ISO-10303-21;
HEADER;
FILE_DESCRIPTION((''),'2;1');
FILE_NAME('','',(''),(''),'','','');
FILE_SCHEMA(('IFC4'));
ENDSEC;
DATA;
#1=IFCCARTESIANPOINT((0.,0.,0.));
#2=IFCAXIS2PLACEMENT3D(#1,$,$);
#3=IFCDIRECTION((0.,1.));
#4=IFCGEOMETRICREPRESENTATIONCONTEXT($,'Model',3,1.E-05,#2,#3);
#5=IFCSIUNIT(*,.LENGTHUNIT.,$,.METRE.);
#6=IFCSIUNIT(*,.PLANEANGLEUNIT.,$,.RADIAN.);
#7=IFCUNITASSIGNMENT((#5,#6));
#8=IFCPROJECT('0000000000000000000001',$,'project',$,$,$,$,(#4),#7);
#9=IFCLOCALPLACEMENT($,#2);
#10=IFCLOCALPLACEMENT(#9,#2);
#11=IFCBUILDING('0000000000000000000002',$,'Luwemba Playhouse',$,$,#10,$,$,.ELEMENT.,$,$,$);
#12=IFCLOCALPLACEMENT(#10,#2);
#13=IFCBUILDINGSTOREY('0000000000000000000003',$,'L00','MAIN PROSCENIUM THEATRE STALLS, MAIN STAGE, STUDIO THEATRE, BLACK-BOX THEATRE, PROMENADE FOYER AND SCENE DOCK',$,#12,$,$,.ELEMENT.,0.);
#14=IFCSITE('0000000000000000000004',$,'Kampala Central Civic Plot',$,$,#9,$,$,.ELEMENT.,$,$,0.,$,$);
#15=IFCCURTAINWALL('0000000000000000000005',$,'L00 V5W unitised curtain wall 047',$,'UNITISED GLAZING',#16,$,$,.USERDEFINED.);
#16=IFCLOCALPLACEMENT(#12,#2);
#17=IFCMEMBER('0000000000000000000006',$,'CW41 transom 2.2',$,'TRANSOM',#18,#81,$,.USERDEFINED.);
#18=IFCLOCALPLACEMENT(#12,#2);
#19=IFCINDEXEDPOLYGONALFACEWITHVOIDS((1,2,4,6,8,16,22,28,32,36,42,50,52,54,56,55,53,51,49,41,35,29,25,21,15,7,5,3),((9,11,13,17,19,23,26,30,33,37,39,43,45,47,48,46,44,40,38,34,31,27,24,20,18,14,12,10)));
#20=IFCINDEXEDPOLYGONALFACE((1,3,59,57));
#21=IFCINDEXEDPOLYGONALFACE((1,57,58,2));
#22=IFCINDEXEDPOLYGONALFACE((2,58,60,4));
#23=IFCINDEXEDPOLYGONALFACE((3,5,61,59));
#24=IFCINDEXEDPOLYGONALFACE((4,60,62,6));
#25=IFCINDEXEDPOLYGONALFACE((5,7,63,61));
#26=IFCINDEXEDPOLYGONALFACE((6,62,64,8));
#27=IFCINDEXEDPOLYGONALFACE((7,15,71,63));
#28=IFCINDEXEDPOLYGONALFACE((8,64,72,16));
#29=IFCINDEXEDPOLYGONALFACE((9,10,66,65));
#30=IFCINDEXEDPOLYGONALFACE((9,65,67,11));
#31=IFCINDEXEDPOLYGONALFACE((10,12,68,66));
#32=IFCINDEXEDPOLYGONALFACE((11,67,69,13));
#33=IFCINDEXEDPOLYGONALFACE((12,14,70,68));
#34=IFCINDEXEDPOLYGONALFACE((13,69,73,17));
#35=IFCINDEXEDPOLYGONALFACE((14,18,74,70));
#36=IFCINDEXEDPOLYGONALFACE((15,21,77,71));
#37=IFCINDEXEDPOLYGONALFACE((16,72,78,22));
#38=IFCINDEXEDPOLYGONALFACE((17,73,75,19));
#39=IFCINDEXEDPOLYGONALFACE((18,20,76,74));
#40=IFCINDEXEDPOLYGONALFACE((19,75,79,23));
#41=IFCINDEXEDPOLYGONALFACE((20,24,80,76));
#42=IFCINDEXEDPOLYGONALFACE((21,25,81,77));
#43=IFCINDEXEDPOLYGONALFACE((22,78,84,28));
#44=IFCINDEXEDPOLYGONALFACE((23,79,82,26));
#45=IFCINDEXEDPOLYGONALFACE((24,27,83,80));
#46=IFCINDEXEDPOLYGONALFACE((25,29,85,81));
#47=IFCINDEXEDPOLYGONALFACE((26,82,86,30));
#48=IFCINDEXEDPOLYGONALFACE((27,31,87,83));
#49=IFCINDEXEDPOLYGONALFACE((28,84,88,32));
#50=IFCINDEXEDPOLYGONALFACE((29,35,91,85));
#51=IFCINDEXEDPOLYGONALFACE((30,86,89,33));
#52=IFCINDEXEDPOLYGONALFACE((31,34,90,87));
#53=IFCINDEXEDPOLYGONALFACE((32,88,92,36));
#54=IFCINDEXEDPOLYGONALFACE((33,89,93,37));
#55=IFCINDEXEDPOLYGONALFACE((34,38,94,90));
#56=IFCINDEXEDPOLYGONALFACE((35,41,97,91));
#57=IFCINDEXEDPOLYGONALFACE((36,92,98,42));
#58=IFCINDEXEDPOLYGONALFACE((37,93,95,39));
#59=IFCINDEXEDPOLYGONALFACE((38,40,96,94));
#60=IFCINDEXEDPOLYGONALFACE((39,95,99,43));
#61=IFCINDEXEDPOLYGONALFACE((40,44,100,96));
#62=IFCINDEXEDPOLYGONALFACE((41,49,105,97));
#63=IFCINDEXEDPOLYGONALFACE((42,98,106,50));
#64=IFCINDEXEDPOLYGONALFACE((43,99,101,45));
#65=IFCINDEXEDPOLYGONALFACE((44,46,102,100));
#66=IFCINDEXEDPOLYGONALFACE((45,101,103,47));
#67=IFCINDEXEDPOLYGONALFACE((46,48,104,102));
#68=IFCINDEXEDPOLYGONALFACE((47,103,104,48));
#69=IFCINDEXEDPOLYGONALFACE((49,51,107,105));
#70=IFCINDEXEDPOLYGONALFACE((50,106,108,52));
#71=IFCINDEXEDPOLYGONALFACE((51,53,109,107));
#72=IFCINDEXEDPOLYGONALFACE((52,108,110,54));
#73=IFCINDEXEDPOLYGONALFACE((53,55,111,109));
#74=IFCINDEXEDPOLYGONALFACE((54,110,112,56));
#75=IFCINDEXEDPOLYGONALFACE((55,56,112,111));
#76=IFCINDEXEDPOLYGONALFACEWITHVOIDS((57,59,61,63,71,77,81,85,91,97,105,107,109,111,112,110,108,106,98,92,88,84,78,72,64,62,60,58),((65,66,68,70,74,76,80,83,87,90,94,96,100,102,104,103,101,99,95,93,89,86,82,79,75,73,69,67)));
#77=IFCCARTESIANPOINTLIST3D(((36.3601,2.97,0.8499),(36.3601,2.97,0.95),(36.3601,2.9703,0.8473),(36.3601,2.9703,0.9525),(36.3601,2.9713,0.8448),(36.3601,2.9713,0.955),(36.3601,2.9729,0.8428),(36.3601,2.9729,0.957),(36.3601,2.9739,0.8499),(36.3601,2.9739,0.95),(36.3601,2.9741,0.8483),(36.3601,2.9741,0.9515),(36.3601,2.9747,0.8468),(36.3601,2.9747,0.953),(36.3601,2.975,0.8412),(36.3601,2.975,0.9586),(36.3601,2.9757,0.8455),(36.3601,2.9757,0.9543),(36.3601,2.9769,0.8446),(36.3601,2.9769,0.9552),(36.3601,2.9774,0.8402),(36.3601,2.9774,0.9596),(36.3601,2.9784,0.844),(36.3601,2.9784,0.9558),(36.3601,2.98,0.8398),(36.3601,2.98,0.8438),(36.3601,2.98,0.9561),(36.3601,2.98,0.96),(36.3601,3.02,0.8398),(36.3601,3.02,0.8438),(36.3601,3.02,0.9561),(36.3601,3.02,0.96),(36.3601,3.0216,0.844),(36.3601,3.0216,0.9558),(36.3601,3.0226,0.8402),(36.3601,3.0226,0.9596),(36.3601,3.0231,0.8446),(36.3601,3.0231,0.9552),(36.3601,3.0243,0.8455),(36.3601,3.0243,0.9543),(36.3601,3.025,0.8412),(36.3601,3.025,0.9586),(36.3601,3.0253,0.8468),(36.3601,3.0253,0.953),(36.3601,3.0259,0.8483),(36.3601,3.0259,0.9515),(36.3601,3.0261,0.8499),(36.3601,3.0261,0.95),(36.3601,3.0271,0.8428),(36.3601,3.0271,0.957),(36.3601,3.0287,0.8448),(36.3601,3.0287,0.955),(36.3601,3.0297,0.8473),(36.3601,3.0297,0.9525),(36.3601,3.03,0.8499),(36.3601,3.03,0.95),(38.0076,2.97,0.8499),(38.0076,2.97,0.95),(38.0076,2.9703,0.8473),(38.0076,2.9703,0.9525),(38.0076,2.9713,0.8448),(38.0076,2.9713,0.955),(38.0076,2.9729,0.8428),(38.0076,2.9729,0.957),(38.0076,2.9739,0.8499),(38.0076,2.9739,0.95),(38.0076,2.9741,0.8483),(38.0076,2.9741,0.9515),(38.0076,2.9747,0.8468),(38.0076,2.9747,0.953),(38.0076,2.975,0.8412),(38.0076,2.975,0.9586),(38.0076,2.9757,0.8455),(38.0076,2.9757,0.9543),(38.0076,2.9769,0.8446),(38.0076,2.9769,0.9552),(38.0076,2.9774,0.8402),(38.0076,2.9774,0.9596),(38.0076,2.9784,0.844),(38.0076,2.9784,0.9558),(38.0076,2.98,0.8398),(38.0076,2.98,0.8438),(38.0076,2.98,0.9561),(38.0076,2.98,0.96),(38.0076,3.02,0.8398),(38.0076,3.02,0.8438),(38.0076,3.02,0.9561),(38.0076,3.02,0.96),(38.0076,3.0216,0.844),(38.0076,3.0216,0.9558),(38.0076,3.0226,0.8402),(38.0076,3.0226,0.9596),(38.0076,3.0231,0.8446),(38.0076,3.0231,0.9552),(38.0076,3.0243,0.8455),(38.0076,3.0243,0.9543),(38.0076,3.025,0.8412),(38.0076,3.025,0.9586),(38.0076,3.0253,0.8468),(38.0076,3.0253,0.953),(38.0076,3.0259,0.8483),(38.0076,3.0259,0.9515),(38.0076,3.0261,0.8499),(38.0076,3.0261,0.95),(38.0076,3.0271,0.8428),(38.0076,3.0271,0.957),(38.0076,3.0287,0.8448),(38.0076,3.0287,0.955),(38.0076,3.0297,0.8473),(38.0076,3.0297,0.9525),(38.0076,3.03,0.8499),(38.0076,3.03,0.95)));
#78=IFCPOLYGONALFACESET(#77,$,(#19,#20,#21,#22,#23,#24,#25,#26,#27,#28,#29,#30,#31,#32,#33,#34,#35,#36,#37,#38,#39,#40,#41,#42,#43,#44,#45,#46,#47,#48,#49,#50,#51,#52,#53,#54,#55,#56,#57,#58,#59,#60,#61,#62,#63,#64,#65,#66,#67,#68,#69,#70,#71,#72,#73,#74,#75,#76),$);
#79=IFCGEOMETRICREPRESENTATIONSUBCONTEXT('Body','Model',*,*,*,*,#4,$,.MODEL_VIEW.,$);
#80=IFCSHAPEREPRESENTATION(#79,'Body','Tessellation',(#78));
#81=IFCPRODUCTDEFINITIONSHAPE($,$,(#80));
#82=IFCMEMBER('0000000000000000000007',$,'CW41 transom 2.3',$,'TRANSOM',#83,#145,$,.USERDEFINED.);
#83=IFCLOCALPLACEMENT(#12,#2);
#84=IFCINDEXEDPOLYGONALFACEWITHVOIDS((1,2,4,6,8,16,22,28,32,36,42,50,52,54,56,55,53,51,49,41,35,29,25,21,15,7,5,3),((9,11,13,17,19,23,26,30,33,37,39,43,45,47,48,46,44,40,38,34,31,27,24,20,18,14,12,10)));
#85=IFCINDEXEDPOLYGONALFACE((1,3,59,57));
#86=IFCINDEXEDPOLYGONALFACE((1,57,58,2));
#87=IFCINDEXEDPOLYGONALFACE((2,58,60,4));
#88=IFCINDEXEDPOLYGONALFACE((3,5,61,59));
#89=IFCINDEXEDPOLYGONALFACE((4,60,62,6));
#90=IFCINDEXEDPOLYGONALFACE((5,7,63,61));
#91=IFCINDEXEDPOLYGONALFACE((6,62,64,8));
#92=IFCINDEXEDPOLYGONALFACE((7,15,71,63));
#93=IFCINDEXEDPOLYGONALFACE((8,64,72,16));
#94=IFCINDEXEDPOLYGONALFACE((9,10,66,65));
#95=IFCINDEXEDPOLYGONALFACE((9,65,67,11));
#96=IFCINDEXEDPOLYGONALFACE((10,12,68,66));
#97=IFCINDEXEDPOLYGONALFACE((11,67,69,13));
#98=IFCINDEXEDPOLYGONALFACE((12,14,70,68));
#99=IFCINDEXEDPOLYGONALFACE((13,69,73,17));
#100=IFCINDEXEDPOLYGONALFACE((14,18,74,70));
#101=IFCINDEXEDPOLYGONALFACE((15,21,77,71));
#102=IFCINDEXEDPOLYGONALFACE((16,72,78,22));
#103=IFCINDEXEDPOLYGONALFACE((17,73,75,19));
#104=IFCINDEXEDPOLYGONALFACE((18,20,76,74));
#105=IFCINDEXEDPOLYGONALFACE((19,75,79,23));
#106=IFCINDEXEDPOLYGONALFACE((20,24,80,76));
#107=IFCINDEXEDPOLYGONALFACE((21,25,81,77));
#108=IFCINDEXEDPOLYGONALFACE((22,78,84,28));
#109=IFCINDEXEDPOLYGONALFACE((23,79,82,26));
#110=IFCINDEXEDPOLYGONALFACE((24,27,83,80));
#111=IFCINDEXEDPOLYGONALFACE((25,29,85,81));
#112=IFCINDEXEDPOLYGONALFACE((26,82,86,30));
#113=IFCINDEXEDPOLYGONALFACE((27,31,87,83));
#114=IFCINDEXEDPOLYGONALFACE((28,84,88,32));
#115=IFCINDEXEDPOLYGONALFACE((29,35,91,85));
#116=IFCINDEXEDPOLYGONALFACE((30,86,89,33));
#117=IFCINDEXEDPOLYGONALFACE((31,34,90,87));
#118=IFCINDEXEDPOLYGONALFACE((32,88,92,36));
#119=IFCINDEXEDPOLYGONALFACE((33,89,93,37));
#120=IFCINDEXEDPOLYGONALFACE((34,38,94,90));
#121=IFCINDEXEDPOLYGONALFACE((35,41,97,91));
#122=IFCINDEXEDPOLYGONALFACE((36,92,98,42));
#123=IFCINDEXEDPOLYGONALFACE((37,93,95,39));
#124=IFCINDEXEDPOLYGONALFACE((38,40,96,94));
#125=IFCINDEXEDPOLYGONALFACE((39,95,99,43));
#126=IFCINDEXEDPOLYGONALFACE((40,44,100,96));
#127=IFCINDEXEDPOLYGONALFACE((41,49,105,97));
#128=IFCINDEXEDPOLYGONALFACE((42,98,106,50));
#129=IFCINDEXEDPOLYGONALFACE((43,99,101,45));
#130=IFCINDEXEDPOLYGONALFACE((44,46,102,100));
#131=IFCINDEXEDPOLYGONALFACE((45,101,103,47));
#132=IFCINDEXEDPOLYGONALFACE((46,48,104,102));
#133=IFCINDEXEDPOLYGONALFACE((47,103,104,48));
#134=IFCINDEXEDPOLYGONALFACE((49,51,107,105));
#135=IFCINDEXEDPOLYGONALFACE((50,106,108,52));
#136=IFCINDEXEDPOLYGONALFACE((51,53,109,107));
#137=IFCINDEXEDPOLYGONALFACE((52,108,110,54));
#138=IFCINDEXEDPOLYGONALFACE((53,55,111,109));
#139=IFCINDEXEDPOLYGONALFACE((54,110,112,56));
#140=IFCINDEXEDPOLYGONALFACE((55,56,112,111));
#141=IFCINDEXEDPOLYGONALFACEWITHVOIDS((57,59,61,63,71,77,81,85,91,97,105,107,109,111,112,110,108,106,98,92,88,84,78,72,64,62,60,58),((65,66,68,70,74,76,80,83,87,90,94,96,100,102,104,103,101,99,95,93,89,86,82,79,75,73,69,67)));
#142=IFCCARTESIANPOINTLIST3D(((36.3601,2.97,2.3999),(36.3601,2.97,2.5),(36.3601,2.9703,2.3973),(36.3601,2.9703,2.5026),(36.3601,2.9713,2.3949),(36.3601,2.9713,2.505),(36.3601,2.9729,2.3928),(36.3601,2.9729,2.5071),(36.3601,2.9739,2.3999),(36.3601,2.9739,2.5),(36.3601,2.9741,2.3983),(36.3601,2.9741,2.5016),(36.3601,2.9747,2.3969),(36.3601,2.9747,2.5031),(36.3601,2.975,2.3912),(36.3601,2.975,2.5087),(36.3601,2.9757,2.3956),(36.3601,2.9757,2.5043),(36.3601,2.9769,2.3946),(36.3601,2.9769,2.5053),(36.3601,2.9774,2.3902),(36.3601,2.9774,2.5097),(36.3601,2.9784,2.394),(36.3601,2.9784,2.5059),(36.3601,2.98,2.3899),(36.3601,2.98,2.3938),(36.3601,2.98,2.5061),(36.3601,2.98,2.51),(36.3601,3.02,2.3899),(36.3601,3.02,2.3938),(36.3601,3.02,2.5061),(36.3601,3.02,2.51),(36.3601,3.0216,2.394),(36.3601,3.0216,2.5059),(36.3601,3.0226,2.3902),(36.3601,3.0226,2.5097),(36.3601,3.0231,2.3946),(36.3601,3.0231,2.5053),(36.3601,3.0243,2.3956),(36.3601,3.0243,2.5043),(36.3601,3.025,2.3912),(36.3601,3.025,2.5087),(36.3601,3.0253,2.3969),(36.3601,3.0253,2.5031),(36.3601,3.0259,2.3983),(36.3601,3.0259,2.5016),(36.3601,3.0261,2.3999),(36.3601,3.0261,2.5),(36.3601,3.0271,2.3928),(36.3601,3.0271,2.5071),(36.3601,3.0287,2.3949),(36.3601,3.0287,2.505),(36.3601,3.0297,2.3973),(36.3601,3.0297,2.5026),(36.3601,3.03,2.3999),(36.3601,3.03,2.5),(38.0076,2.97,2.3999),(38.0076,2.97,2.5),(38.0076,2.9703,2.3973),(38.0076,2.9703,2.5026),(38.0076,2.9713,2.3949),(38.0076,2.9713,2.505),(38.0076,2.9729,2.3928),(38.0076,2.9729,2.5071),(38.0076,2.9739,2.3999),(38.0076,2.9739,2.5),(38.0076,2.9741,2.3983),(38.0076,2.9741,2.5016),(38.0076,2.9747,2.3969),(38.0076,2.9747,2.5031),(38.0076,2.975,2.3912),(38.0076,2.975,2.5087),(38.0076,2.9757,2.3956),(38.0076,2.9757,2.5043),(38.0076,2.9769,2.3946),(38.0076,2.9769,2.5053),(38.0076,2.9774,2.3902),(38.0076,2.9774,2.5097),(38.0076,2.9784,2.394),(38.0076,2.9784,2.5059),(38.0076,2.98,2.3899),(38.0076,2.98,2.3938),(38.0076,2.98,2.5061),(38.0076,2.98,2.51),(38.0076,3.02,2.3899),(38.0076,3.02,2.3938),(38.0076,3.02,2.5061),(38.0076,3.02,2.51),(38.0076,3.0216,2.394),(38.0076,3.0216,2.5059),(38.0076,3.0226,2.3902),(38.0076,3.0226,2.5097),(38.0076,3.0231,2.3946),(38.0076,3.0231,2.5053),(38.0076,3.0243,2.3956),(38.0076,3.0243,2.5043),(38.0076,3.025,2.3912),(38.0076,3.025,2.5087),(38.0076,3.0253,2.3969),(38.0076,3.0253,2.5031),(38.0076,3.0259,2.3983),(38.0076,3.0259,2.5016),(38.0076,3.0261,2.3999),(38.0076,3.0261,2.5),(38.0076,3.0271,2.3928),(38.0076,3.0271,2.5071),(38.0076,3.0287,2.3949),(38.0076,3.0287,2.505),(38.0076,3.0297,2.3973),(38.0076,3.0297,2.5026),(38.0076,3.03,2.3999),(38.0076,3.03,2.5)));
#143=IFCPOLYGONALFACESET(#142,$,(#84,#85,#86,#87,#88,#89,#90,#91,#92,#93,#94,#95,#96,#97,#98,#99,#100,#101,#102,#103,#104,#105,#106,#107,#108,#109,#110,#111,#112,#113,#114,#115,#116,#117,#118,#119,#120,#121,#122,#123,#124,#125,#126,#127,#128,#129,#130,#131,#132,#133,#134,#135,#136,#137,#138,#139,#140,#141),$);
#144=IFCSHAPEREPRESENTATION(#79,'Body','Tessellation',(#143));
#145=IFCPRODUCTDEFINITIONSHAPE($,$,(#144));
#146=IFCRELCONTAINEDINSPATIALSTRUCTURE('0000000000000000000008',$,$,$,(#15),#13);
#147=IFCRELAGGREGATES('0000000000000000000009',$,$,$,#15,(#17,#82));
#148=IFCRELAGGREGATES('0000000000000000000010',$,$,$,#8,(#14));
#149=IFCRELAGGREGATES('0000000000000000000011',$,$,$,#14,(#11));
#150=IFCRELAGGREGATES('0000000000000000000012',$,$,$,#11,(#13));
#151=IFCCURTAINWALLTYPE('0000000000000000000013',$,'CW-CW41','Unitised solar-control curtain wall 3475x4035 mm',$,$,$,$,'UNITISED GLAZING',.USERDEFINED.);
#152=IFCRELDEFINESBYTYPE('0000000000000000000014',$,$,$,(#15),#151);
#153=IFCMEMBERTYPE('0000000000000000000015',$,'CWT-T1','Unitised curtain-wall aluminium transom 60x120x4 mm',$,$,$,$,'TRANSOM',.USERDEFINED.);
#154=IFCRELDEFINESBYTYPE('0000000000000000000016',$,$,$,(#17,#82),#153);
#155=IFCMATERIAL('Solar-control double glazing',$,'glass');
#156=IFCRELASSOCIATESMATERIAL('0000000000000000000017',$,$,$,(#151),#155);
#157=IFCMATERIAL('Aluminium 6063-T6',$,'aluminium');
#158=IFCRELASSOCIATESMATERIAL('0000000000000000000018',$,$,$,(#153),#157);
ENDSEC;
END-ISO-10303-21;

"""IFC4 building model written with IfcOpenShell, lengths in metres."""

from ifc_helpers import new_model, si_unit, direction, frame, origin, origin_2d, place, context, subcontext, project, spatial, hollow_rectangle, extrude, material, material_profile, profile_set, type_object, element, aggregate, save


model = new_model("IFC4")

# Units and contexts
model_context = context("Model", 3, precision=1e-05, world=origin(), true_north=direction((0.0, 1.0)))
body_context = subcontext(model_context, "Body", "Model", "MODEL_VIEW")
ifc_project = project(units=[si_unit("LENGTHUNIT", "METRE"), si_unit("PLANEANGLEUNIT", "RADIAN")], contexts=[model_context])

# Site, building, storey
site_placement = place(None, origin())
site = spatial("IfcSite", under=ifc_project, at=site_placement, Name="Kampala Central Civic Plot", CompositionType="ELEMENT", RefElevation=0.0)
building_placement = place(site_placement, origin())
building = spatial("IfcBuilding", under=site, at=building_placement, Name="Luwemba Playhouse", CompositionType="ELEMENT")
storey_placement = place(building_placement, origin())
storey = spatial("IfcBuildingStorey", under=building, at=storey_placement, Name="L00", Description="MAIN PROSCENIUM THEATRE STALLS, MAIN STAGE, STUDIO THEATRE, BLACK-BOX THEATRE, PROMENADE FOYER AND SCENE DOCK", CompositionType="ELEMENT", Elevation=0.0)

# Curtain wall
ifc_material_1 = material(Name="Solar-control double glazing", Category="glass")
curtain_wall_type_1 = type_object("IfcCurtainWallType", Name="CW-CW41", Description="Unitised solar-control curtain wall 3475x4035 mm", ElementType="UNITISED GLAZING", PredefinedType="USERDEFINED", material=ifc_material_1)
curtain_wall_1_placement = place(storey_placement, origin())
curtain_wall_1 = element("IfcCurtainWall", 1, at=curtain_wall_1_placement, inside=storey, type_object=curtain_wall_type_1, Name="L00 V5W unitised curtain wall 047", ObjectType="UNITISED GLAZING", PredefinedType="USERDEFINED")
ifc_material_2 = material(Name="Aluminium 6063-T6", Category="aluminium")

# Members
ifc_material_profile_1 = material_profile(ifc_material_2, hollow_rectangle(XDim=0.0601, YDim=0.1201, WallThickness=0.0039, InnerFilletRadius=0.0061, OuterFilletRadius=0.01, at=origin_2d()))
ifc_profile_set_1 = profile_set([ifc_material_profile_1], Name="Aluminium 6063-T6")
member_type_1 = type_object("IfcMemberType", Name="CWT-T1", Description="Unitised curtain-wall aluminium transom 60x120x4 mm", ElementType="TRANSOM", PredefinedType="USERDEFINED", material=ifc_profile_set_1)
member_1_placement = place(storey_placement, frame((38.0076, 3.0, 0.8999), z_axis=(-1.0, 0.0, 0.0), x_axis=(0.0, -1.0, 0.0)))
member_1 = element("IfcMember", 2, at=member_1_placement, type_object=member_type_1, Name="CW41 transom 2.2", ObjectType="TRANSOM", PredefinedType="USERDEFINED", context=body_context, shape_type="SweptSolid", body=[
    extrude(hollow_rectangle(XDim=0.0601, YDim=0.1201, WallThickness=0.0039, InnerFilletRadius=0.0061, OuterFilletRadius=0.01, at=origin_2d()), origin(), (0.0, 0.0, 1.0), 1.6475),
])
member_2_placement = place(storey_placement, frame((38.0076, 3.0, 2.45), z_axis=(-1.0, 0.0, 0.0), x_axis=(0.0, -1.0, 0.0)))
member_2 = element("IfcMember", 3, at=member_2_placement, type_object=member_type_1, Name="CW41 transom 2.3", ObjectType="TRANSOM", PredefinedType="USERDEFINED", context=body_context, shape_type="SweptSolid", body=[
    extrude(hollow_rectangle(XDim=0.0601, YDim=0.1201, WallThickness=0.0039, InnerFilletRadius=0.0061, OuterFilletRadius=0.01, at=origin_2d()), origin(), (0.0, 0.0, 1.0), 1.6475),
])

aggregate(curtain_wall_1, [member_1, member_2])

save(model, "model.ifc")
